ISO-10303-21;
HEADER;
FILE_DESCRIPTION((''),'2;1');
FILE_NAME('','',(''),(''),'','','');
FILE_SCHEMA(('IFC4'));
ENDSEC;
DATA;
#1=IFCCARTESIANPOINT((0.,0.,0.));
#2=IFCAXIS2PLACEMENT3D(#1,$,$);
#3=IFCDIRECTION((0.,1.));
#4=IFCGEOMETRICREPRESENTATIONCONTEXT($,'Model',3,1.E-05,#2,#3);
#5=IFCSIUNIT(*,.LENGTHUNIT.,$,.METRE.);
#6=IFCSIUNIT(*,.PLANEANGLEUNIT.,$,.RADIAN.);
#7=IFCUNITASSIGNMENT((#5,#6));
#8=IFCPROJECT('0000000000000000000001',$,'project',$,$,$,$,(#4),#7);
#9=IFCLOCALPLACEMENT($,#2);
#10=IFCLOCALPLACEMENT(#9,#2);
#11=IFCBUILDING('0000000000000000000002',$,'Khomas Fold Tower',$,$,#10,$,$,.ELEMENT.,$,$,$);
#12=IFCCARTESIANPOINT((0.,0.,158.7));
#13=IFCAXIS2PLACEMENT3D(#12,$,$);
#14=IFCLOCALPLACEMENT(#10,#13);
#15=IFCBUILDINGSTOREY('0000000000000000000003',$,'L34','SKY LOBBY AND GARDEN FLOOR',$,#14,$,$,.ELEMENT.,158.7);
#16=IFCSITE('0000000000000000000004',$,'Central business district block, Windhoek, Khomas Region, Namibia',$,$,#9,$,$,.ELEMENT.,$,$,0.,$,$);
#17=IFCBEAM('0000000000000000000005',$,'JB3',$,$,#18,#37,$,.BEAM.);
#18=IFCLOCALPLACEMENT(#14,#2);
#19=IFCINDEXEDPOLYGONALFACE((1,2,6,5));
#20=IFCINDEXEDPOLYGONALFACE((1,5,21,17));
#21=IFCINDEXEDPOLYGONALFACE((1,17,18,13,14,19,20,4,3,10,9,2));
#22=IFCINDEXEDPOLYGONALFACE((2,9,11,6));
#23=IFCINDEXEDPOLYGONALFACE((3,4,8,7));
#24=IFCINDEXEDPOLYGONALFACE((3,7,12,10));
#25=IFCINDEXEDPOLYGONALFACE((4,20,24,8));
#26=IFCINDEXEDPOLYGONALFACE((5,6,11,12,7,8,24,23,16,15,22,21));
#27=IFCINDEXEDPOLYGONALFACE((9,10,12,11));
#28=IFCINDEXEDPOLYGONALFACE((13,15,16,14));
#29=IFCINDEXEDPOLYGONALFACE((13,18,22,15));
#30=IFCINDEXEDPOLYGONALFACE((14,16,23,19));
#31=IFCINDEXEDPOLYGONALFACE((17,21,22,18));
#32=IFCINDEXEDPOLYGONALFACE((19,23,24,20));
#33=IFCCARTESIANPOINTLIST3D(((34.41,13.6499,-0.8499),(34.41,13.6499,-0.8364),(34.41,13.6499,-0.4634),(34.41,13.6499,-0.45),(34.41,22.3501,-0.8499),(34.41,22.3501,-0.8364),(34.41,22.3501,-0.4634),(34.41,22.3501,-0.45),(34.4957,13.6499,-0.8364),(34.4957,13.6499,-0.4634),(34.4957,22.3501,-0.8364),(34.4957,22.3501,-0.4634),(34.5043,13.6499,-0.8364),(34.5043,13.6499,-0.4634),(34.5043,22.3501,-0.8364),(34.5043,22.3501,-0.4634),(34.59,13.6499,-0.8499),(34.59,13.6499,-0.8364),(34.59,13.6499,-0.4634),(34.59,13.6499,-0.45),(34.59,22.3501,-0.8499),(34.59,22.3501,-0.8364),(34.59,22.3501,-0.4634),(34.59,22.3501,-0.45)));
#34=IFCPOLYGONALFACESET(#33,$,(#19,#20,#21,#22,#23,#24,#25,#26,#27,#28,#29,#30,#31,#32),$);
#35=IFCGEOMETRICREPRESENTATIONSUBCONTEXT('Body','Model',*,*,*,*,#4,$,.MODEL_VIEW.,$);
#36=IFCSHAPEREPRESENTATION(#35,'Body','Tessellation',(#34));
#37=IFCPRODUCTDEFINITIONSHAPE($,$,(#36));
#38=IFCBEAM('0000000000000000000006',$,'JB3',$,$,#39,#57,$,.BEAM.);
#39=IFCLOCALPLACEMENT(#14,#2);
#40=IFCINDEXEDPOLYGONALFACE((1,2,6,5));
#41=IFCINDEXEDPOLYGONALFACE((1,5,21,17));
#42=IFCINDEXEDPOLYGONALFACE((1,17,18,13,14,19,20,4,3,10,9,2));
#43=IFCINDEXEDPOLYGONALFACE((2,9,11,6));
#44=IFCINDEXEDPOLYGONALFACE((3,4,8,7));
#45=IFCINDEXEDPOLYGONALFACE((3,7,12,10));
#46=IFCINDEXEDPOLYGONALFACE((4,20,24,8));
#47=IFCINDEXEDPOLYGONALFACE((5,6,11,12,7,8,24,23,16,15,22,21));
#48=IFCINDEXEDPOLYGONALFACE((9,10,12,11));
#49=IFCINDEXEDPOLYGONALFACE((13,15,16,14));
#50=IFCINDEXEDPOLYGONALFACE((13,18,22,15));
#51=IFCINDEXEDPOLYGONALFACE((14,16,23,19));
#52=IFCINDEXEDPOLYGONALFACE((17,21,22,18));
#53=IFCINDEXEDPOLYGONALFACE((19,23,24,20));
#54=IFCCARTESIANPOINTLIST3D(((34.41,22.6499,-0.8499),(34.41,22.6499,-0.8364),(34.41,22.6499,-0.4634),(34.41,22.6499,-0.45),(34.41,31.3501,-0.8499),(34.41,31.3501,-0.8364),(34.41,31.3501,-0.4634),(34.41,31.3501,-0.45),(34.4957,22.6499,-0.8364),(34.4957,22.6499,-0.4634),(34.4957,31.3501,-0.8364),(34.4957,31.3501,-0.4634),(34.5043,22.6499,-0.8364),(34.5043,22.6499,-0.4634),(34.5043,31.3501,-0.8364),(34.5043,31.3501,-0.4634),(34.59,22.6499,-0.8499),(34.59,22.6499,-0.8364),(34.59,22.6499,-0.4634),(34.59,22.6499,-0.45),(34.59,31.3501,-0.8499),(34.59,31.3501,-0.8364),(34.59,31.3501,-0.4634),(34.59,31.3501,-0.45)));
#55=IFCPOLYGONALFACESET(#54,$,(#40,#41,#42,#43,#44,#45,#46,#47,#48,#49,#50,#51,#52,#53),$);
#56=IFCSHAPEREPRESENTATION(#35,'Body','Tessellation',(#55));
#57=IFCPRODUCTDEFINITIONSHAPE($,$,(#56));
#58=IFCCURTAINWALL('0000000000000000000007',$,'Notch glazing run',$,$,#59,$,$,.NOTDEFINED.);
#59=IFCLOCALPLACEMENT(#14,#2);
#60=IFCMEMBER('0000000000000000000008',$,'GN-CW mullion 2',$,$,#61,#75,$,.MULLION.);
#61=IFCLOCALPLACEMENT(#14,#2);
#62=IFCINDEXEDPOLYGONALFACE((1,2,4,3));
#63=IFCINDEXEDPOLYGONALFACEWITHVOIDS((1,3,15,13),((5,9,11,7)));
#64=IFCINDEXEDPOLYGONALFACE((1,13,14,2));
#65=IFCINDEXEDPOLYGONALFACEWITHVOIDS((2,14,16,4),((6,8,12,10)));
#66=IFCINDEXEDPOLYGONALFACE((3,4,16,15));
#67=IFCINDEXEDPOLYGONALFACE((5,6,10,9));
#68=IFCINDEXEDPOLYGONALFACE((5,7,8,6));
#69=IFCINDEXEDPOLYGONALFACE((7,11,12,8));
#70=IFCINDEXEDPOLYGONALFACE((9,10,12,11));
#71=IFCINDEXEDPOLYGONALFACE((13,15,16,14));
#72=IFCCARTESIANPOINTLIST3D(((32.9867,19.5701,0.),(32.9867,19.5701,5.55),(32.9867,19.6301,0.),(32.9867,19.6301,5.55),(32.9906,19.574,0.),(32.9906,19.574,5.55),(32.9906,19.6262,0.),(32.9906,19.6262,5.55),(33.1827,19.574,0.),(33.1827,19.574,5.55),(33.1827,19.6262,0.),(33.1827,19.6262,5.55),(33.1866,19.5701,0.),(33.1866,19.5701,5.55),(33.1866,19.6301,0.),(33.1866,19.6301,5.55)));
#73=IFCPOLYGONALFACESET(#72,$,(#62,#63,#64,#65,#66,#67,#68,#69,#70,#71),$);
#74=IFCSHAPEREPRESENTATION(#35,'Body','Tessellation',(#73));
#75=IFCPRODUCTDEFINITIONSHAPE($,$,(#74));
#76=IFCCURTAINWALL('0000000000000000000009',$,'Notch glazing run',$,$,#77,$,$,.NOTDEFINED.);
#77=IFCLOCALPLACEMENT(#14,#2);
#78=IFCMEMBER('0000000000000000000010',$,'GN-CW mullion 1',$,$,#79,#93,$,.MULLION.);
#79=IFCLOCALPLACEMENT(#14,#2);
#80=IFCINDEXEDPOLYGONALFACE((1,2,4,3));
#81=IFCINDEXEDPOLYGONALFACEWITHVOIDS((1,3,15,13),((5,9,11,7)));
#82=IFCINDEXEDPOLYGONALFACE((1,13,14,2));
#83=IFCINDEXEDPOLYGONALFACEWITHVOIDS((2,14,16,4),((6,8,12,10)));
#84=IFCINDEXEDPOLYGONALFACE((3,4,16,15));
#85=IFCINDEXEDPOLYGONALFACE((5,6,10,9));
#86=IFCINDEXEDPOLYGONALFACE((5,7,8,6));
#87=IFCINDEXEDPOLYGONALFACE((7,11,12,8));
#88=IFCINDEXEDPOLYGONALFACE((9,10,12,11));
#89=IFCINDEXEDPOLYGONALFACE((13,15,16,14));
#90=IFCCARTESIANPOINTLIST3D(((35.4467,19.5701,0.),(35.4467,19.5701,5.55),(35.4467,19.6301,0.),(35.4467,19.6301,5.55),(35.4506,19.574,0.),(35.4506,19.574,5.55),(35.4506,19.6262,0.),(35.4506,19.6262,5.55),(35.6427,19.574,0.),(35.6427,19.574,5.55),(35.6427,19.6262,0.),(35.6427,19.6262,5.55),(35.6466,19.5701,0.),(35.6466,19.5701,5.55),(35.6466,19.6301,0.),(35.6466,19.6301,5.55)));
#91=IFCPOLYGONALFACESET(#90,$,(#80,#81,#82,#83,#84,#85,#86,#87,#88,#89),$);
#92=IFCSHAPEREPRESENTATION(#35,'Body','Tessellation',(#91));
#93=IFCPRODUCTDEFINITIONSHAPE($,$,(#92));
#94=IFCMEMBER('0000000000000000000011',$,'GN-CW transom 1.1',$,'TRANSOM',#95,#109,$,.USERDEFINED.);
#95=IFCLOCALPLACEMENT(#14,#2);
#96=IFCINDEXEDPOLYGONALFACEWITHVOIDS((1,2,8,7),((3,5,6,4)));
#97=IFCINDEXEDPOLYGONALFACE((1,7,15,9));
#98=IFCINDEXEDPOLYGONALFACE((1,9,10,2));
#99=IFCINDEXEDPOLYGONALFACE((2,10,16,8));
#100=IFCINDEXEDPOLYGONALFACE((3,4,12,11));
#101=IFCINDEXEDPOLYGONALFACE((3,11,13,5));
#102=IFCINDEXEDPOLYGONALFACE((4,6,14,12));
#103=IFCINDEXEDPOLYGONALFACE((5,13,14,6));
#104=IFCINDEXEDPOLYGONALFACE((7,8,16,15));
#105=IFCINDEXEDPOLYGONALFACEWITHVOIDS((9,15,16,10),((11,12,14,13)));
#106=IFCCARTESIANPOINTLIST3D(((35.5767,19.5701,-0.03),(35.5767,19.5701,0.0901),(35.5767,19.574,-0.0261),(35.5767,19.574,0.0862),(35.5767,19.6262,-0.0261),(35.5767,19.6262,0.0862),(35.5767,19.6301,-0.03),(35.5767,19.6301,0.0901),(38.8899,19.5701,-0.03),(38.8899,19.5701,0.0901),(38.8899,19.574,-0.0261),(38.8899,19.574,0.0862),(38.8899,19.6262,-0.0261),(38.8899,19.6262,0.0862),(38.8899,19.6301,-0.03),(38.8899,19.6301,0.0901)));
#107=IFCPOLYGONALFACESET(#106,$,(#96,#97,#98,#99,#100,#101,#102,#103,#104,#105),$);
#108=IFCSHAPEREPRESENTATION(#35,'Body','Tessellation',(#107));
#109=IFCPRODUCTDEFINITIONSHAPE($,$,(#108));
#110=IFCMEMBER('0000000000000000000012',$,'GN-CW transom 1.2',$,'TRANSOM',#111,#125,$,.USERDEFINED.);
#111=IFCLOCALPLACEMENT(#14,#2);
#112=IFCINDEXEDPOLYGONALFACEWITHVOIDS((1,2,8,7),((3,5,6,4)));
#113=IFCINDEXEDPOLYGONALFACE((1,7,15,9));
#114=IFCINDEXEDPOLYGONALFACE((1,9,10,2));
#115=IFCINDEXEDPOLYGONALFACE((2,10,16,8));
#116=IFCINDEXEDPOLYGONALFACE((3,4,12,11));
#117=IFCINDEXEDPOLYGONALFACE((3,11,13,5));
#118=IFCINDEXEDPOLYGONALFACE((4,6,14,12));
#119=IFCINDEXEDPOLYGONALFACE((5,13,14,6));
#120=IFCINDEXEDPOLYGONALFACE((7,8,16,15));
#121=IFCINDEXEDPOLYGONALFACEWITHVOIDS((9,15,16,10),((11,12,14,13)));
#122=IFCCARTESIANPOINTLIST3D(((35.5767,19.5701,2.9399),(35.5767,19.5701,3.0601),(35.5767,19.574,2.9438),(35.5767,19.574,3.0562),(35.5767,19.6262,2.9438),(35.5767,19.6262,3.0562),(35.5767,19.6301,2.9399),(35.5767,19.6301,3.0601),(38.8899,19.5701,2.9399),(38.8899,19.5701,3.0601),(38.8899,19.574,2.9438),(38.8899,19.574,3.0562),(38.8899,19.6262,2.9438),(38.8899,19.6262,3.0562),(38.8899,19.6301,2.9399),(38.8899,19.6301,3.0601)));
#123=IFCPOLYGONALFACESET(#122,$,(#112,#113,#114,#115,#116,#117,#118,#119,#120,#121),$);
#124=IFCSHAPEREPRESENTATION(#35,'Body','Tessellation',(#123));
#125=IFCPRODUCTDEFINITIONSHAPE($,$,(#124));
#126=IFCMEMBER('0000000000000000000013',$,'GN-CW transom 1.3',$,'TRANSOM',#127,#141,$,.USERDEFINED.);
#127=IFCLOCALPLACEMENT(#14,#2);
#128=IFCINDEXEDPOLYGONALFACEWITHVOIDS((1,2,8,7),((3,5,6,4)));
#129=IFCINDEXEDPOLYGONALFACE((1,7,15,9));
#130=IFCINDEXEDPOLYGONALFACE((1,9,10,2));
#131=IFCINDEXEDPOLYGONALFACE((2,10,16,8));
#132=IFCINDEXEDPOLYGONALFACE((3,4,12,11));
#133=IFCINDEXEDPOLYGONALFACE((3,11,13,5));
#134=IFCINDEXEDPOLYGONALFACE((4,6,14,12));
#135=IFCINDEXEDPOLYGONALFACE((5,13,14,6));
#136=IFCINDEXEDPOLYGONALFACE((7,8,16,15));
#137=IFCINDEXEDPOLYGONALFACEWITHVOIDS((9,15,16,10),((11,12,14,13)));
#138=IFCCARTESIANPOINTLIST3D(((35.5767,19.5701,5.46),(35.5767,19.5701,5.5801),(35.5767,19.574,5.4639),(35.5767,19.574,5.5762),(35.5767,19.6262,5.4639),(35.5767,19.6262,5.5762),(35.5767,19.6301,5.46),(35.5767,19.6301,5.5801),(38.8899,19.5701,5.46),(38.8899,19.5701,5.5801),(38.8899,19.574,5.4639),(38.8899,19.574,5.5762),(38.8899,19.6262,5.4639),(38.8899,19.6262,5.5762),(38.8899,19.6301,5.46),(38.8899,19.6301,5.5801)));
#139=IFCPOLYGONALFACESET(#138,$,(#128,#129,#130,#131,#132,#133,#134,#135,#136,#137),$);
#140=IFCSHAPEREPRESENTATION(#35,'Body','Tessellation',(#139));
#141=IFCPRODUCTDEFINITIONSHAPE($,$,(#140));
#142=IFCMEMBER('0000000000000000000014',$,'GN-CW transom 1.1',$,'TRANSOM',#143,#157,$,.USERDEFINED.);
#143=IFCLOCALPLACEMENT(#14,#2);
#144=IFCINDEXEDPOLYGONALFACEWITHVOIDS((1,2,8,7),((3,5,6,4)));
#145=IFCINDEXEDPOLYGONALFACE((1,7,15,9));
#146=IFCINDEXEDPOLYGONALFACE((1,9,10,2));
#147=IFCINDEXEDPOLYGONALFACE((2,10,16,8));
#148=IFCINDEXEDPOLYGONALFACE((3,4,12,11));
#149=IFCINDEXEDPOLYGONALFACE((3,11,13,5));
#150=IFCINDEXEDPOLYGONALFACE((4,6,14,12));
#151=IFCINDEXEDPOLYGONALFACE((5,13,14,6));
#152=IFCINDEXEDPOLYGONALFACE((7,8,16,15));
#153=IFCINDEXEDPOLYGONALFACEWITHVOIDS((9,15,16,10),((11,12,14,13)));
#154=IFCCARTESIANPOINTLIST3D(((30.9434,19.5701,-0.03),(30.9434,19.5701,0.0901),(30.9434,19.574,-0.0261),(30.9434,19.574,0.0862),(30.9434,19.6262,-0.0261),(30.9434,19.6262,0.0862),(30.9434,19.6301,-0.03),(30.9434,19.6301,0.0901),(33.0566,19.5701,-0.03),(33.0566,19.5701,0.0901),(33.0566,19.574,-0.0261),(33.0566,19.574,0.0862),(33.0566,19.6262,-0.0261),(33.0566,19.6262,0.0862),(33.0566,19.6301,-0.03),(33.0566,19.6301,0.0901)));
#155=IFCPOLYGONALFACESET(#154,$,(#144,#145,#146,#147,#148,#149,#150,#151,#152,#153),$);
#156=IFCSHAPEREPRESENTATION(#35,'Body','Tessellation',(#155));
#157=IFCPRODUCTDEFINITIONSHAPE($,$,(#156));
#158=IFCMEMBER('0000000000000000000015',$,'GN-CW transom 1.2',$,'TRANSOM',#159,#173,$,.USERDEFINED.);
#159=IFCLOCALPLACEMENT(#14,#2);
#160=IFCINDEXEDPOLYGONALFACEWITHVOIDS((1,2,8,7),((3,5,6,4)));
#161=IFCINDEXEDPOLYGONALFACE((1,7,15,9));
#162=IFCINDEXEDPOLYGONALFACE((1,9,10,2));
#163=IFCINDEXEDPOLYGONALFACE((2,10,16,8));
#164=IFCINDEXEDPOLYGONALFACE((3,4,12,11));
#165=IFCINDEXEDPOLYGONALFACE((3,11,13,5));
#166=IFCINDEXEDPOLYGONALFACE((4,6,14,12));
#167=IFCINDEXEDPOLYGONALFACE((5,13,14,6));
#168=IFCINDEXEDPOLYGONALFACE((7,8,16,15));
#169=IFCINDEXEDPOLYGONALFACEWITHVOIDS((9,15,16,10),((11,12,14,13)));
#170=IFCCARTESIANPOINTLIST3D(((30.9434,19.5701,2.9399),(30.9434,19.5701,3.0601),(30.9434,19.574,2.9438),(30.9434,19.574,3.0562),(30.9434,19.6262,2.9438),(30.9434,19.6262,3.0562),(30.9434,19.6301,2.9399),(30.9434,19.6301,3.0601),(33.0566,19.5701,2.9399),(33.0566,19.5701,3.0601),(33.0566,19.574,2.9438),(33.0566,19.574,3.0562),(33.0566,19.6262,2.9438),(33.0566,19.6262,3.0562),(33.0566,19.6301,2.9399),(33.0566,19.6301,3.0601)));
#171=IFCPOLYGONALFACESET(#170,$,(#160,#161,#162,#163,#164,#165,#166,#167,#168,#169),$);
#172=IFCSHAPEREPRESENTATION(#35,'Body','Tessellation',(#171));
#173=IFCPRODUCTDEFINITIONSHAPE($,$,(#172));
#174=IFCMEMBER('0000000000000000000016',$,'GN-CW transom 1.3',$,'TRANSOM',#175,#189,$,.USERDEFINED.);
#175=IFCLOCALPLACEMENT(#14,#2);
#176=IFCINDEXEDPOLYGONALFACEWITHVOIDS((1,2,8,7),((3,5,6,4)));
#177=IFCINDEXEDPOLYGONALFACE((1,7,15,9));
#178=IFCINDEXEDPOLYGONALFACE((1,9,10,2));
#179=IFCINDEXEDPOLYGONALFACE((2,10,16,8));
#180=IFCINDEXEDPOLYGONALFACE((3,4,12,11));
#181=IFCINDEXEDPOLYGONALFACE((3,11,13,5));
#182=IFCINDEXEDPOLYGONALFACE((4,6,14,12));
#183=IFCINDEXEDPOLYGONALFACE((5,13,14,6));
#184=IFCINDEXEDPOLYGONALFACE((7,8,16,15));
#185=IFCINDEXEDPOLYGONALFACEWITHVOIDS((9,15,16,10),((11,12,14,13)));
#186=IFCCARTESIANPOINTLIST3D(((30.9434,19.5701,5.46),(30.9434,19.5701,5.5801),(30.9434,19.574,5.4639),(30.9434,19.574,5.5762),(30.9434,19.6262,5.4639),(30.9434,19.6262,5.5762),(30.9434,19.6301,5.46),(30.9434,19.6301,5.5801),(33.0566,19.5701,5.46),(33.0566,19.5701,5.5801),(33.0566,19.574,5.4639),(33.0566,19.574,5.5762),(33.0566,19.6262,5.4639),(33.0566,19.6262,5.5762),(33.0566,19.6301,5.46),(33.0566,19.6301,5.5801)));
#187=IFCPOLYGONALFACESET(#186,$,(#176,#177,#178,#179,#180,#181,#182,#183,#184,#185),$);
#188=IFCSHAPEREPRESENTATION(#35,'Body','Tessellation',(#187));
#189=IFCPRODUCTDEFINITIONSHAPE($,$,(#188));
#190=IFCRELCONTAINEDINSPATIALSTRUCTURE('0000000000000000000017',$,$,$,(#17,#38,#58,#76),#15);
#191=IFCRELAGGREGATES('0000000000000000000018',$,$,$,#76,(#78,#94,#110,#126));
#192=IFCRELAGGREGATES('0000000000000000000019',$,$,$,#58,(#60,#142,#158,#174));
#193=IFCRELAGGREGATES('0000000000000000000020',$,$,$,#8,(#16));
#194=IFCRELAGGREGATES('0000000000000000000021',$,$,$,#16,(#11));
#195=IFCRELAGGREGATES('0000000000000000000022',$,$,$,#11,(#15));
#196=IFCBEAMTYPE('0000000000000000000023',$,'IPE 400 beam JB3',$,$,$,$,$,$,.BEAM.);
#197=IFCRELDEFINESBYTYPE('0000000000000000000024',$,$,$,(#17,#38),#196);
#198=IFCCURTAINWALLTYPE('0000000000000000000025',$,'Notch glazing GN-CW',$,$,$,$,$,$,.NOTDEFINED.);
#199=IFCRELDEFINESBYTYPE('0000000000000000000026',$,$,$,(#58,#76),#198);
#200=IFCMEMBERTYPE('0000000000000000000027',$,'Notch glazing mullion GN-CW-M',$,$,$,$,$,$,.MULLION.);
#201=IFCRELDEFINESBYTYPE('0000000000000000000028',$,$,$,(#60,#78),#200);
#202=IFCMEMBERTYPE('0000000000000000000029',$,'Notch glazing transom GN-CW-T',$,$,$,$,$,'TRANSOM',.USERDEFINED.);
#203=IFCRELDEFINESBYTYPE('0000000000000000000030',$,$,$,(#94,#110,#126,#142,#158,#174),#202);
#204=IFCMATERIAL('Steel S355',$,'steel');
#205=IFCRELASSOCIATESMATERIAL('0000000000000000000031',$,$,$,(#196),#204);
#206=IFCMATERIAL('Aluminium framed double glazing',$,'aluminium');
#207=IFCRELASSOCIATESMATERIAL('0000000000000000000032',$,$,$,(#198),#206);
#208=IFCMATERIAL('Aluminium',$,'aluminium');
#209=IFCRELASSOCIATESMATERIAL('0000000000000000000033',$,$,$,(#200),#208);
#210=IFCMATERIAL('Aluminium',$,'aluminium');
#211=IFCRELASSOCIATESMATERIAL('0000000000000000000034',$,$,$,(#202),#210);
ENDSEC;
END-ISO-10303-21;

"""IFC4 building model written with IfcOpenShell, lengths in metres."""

from ifc_helpers import new_model, si_unit, direction, frame, origin, origin_2d, place, context, subcontext, project, spatial, hollow_rectangle, i_section, extrude, source, transform, mapped, material, material_profile, profile_set, type_object, element, aggregate, save


model = new_model("IFC4")

# Units and contexts
model_context = context("Model", 3, precision=1e-05, world=origin(), true_north=direction((0.0, 1.0)))
body_context = subcontext(model_context, "Body", "Model", "MODEL_VIEW")
ifc_project = project(units=[si_unit("LENGTHUNIT", "METRE"), si_unit("PLANEANGLEUNIT", "RADIAN")], contexts=[model_context])

# Site, building, storey
site_placement = place(None, origin())
site = spatial("IfcSite", under=ifc_project, at=site_placement, Name="Central business district block, Windhoek, Khomas Region, Namibia", CompositionType="ELEMENT", RefElevation=0.0)
building_placement = place(site_placement, origin())
building = spatial("IfcBuilding", under=site, at=building_placement, Name="Khomas Fold Tower", CompositionType="ELEMENT")
storey_placement = place(building_placement, frame((0.0, 0.0, 158.7)))
storey = spatial("IfcBuildingStorey", under=building, at=storey_placement, Name="L34", Description="SKY LOBBY AND GARDEN FLOOR", CompositionType="ELEMENT", Elevation=158.7)

# Beams
ifc_material_1 = material(Name="Steel S355", Category="steel")
ifc_material_profile_1 = material_profile(ifc_material_1, i_section(OverallWidth=0.1799, OverallDepth=0.3999, WebThickness=0.0085, FlangeThickness=0.0134, at=origin_2d()), Name="IPE 400")
ifc_profile_set_1 = profile_set([ifc_material_profile_1], Name="Steel S355")
beam_type = type_object("IfcBeamType", Name="IPE 400 beam JB3", PredefinedType="BEAM", material=ifc_profile_set_1)
shared_shape_1 = source(origin(), body_context, "Body", "SweptSolid", [
    extrude(i_section(OverallWidth=0.1799, OverallDepth=0.3999, WebThickness=0.0085, FlangeThickness=0.0134, at=origin_2d()), origin(), (0.0, 0.0, 1.0), 8.7002),
])
for number, where, z_axis, x_axis, name in (
    (1, (34.5, 13.6499, -0.6499), (0.0, 1.0, 0.0), (-1.0, 0.0, 0.0), "JB3"),
    (2, (34.5, 22.6499, -0.6499), (0.0, 1.0, 0.0), (-1.0, 0.0, 0.0), "JB3"),
):
    element("IfcBeam", number, at=place(storey_placement, frame(where, z_axis=z_axis, x_axis=x_axis)), inside=storey, type_object=beam_type, Name=name, PredefinedType="BEAM", context=body_context, shape_type="MappedRepresentation", body=[
        mapped(shared_shape_1, transform((0.0, 0.0, 0.0))),
    ])

# Curtain wall, member
ifc_material_2 = material(Name="Aluminium framed double glazing", Category="aluminium")
curtain_wall_type = type_object("IfcCurtainWallType", Name="Notch glazing GN-CW", PredefinedType="NOTDEFINED", material=ifc_material_2)
curtain_wall_1_placement = place(storey_placement, origin())
curtain_wall_1 = element("IfcCurtainWall", 3, at=curtain_wall_1_placement, inside=storey, type_object=curtain_wall_type, Name="Notch glazing run", PredefinedType="NOTDEFINED")
ifc_material_3 = material(Name="Aluminium", Category="aluminium")
ifc_material_profile_2 = material_profile(ifc_material_3, hollow_rectangle(XDim=0.0601, YDim=0.2, WallThickness=0.0039, at=origin_2d()), Name="Notch glazing mullion GN-CW-M")
ifc_profile_set_2 = profile_set([ifc_material_profile_2], Name="Aluminium")
member_type_1 = type_object("IfcMemberType", Name="Notch glazing mullion GN-CW-M", PredefinedType="MULLION", material=ifc_profile_set_2)
shared_shape_2 = source(origin(), body_context, "Body", "SweptSolid", [
    extrude(hollow_rectangle(XDim=0.0601, YDim=0.2, WallThickness=0.0039, at=origin_2d()), origin(), (0.0, 0.0, 1.0), 5.55),
])
member_1_placement = place(storey_placement, frame((33.0867, 19.6001, 0.0), z_axis=(0.0, 0.0, 1.0), x_axis=(0.0, 1.0, 0.0)))
member_1 = element("IfcMember", 4, at=member_1_placement, type_object=member_type_1, Name="GN-CW mullion 2", PredefinedType="MULLION", context=body_context, shape_type="MappedRepresentation", body=[
    mapped(shared_shape_2, transform((0.0, 0.0, 0.0))),
])

# Curtain wall, members
curtain_wall_2_placement = place(storey_placement, origin())
curtain_wall_2 = element("IfcCurtainWall", 5, at=curtain_wall_2_placement, inside=storey, type_object=curtain_wall_type, Name="Notch glazing run", PredefinedType="NOTDEFINED")
member_2_placement = place(storey_placement, frame((35.5466, 19.6001, 0.0), z_axis=(0.0, 0.0, 1.0), x_axis=(0.0, 1.0, 0.0)))
member_2 = element("IfcMember", 6, at=member_2_placement, type_object=member_type_1, Name="GN-CW mullion 1", PredefinedType="MULLION", context=body_context, shape_type="MappedRepresentation", body=[
    mapped(shared_shape_2, transform((0.0, 0.0, 0.0))),
])
ifc_material_4 = material(Name="Aluminium", Category="aluminium")
ifc_material_profile_3 = material_profile(ifc_material_4, hollow_rectangle(XDim=0.0601, YDim=0.1201, WallThickness=0.0039, at=origin_2d()), Name="Notch glazing transom GN-CW-T")
ifc_profile_set_3 = profile_set([ifc_material_profile_3], Name="Aluminium")
member_type_2 = type_object("IfcMemberType", Name="Notch glazing transom GN-CW-T", ElementType="TRANSOM", PredefinedType="USERDEFINED", material=ifc_profile_set_3)
shared_shape_3 = source(origin(), body_context, "Body", "SweptSolid", [
    extrude(hollow_rectangle(XDim=0.0601, YDim=0.1201, WallThickness=0.0039, at=origin_2d()), origin(), (0.0, 0.0, 1.0), 3.3132),
])
member_3_placement = place(storey_placement, frame((35.5767, 19.6001, 0.03), z_axis=(1.0, 0.0, 0.0), x_axis=(0.0, 1.0, 0.0)))
member_3 = element("IfcMember", 7, at=member_3_placement, type_object=member_type_2, Name="GN-CW transom 1.1", ObjectType="TRANSOM", PredefinedType="USERDEFINED", context=body_context, shape_type="MappedRepresentation", body=[
    mapped(shared_shape_3, transform((0.0, 0.0, 0.0))),
])
member_4_placement = place(storey_placement, frame((35.5767, 19.6001, 3.0), z_axis=(1.0, 0.0, 0.0), x_axis=(0.0, 1.0, 0.0)))
member_4 = element("IfcMember", 8, at=member_4_placement, type_object=member_type_2, Name="GN-CW transom 1.2", ObjectType="TRANSOM", PredefinedType="USERDEFINED", context=body_context, shape_type="MappedRepresentation", body=[
    mapped(shared_shape_3, transform((0.0, 0.0, 0.0))),
])
member_5_placement = place(storey_placement, frame((35.5767, 19.6001, 5.52), z_axis=(1.0, 0.0, 0.0), x_axis=(0.0, 1.0, 0.0)))
member_5 = element("IfcMember", 9, at=member_5_placement, type_object=member_type_2, Name="GN-CW transom 1.3", ObjectType="TRANSOM", PredefinedType="USERDEFINED", context=body_context, shape_type="MappedRepresentation", body=[
    mapped(shared_shape_3, transform((0.0, 0.0, 0.0))),
])

# Members
shared_shape_4 = source(origin(), body_context, "Body", "SweptSolid", [
    extrude(hollow_rectangle(XDim=0.0601, YDim=0.1201, WallThickness=0.0039, at=origin_2d()), origin(), (0.0, 0.0, 1.0), 2.1133),
])
member_6_placement = place(storey_placement, frame((30.9434, 19.6001, 0.03), z_axis=(1.0, 0.0, 0.0), x_axis=(0.0, 1.0, 0.0)))
member_6 = element("IfcMember", 10, at=member_6_placement, type_object=member_type_2, Name="GN-CW transom 1.1", ObjectType="TRANSOM", PredefinedType="USERDEFINED", context=body_context, shape_type="MappedRepresentation", body=[
    mapped(shared_shape_4, transform((0.0, 0.0, 0.0))),
])
member_7_placement = place(storey_placement, frame((30.9434, 19.6001, 3.0), z_axis=(1.0, 0.0, 0.0), x_axis=(0.0, 1.0, 0.0)))
member_7 = element("IfcMember", 11, at=member_7_placement, type_object=member_type_2, Name="GN-CW transom 1.2", ObjectType="TRANSOM", PredefinedType="USERDEFINED", context=body_context, shape_type="MappedRepresentation", body=[
    mapped(shared_shape_4, transform((0.0, 0.0, 0.0))),
])
member_8_placement = place(storey_placement, frame((30.9434, 19.6001, 5.52), z_axis=(1.0, 0.0, 0.0), x_axis=(0.0, 1.0, 0.0)))
member_8 = element("IfcMember", 12, at=member_8_placement, type_object=member_type_2, Name="GN-CW transom 1.3", ObjectType="TRANSOM", PredefinedType="USERDEFINED", context=body_context, shape_type="MappedRepresentation", body=[
    mapped(shared_shape_4, transform((0.0, 0.0, 0.0))),
])

aggregate(curtain_wall_2, [member_2, member_3, member_4, member_5])
aggregate(curtain_wall_1, [member_1, member_6, member_7, member_8])

save(model, "model.ifc")
